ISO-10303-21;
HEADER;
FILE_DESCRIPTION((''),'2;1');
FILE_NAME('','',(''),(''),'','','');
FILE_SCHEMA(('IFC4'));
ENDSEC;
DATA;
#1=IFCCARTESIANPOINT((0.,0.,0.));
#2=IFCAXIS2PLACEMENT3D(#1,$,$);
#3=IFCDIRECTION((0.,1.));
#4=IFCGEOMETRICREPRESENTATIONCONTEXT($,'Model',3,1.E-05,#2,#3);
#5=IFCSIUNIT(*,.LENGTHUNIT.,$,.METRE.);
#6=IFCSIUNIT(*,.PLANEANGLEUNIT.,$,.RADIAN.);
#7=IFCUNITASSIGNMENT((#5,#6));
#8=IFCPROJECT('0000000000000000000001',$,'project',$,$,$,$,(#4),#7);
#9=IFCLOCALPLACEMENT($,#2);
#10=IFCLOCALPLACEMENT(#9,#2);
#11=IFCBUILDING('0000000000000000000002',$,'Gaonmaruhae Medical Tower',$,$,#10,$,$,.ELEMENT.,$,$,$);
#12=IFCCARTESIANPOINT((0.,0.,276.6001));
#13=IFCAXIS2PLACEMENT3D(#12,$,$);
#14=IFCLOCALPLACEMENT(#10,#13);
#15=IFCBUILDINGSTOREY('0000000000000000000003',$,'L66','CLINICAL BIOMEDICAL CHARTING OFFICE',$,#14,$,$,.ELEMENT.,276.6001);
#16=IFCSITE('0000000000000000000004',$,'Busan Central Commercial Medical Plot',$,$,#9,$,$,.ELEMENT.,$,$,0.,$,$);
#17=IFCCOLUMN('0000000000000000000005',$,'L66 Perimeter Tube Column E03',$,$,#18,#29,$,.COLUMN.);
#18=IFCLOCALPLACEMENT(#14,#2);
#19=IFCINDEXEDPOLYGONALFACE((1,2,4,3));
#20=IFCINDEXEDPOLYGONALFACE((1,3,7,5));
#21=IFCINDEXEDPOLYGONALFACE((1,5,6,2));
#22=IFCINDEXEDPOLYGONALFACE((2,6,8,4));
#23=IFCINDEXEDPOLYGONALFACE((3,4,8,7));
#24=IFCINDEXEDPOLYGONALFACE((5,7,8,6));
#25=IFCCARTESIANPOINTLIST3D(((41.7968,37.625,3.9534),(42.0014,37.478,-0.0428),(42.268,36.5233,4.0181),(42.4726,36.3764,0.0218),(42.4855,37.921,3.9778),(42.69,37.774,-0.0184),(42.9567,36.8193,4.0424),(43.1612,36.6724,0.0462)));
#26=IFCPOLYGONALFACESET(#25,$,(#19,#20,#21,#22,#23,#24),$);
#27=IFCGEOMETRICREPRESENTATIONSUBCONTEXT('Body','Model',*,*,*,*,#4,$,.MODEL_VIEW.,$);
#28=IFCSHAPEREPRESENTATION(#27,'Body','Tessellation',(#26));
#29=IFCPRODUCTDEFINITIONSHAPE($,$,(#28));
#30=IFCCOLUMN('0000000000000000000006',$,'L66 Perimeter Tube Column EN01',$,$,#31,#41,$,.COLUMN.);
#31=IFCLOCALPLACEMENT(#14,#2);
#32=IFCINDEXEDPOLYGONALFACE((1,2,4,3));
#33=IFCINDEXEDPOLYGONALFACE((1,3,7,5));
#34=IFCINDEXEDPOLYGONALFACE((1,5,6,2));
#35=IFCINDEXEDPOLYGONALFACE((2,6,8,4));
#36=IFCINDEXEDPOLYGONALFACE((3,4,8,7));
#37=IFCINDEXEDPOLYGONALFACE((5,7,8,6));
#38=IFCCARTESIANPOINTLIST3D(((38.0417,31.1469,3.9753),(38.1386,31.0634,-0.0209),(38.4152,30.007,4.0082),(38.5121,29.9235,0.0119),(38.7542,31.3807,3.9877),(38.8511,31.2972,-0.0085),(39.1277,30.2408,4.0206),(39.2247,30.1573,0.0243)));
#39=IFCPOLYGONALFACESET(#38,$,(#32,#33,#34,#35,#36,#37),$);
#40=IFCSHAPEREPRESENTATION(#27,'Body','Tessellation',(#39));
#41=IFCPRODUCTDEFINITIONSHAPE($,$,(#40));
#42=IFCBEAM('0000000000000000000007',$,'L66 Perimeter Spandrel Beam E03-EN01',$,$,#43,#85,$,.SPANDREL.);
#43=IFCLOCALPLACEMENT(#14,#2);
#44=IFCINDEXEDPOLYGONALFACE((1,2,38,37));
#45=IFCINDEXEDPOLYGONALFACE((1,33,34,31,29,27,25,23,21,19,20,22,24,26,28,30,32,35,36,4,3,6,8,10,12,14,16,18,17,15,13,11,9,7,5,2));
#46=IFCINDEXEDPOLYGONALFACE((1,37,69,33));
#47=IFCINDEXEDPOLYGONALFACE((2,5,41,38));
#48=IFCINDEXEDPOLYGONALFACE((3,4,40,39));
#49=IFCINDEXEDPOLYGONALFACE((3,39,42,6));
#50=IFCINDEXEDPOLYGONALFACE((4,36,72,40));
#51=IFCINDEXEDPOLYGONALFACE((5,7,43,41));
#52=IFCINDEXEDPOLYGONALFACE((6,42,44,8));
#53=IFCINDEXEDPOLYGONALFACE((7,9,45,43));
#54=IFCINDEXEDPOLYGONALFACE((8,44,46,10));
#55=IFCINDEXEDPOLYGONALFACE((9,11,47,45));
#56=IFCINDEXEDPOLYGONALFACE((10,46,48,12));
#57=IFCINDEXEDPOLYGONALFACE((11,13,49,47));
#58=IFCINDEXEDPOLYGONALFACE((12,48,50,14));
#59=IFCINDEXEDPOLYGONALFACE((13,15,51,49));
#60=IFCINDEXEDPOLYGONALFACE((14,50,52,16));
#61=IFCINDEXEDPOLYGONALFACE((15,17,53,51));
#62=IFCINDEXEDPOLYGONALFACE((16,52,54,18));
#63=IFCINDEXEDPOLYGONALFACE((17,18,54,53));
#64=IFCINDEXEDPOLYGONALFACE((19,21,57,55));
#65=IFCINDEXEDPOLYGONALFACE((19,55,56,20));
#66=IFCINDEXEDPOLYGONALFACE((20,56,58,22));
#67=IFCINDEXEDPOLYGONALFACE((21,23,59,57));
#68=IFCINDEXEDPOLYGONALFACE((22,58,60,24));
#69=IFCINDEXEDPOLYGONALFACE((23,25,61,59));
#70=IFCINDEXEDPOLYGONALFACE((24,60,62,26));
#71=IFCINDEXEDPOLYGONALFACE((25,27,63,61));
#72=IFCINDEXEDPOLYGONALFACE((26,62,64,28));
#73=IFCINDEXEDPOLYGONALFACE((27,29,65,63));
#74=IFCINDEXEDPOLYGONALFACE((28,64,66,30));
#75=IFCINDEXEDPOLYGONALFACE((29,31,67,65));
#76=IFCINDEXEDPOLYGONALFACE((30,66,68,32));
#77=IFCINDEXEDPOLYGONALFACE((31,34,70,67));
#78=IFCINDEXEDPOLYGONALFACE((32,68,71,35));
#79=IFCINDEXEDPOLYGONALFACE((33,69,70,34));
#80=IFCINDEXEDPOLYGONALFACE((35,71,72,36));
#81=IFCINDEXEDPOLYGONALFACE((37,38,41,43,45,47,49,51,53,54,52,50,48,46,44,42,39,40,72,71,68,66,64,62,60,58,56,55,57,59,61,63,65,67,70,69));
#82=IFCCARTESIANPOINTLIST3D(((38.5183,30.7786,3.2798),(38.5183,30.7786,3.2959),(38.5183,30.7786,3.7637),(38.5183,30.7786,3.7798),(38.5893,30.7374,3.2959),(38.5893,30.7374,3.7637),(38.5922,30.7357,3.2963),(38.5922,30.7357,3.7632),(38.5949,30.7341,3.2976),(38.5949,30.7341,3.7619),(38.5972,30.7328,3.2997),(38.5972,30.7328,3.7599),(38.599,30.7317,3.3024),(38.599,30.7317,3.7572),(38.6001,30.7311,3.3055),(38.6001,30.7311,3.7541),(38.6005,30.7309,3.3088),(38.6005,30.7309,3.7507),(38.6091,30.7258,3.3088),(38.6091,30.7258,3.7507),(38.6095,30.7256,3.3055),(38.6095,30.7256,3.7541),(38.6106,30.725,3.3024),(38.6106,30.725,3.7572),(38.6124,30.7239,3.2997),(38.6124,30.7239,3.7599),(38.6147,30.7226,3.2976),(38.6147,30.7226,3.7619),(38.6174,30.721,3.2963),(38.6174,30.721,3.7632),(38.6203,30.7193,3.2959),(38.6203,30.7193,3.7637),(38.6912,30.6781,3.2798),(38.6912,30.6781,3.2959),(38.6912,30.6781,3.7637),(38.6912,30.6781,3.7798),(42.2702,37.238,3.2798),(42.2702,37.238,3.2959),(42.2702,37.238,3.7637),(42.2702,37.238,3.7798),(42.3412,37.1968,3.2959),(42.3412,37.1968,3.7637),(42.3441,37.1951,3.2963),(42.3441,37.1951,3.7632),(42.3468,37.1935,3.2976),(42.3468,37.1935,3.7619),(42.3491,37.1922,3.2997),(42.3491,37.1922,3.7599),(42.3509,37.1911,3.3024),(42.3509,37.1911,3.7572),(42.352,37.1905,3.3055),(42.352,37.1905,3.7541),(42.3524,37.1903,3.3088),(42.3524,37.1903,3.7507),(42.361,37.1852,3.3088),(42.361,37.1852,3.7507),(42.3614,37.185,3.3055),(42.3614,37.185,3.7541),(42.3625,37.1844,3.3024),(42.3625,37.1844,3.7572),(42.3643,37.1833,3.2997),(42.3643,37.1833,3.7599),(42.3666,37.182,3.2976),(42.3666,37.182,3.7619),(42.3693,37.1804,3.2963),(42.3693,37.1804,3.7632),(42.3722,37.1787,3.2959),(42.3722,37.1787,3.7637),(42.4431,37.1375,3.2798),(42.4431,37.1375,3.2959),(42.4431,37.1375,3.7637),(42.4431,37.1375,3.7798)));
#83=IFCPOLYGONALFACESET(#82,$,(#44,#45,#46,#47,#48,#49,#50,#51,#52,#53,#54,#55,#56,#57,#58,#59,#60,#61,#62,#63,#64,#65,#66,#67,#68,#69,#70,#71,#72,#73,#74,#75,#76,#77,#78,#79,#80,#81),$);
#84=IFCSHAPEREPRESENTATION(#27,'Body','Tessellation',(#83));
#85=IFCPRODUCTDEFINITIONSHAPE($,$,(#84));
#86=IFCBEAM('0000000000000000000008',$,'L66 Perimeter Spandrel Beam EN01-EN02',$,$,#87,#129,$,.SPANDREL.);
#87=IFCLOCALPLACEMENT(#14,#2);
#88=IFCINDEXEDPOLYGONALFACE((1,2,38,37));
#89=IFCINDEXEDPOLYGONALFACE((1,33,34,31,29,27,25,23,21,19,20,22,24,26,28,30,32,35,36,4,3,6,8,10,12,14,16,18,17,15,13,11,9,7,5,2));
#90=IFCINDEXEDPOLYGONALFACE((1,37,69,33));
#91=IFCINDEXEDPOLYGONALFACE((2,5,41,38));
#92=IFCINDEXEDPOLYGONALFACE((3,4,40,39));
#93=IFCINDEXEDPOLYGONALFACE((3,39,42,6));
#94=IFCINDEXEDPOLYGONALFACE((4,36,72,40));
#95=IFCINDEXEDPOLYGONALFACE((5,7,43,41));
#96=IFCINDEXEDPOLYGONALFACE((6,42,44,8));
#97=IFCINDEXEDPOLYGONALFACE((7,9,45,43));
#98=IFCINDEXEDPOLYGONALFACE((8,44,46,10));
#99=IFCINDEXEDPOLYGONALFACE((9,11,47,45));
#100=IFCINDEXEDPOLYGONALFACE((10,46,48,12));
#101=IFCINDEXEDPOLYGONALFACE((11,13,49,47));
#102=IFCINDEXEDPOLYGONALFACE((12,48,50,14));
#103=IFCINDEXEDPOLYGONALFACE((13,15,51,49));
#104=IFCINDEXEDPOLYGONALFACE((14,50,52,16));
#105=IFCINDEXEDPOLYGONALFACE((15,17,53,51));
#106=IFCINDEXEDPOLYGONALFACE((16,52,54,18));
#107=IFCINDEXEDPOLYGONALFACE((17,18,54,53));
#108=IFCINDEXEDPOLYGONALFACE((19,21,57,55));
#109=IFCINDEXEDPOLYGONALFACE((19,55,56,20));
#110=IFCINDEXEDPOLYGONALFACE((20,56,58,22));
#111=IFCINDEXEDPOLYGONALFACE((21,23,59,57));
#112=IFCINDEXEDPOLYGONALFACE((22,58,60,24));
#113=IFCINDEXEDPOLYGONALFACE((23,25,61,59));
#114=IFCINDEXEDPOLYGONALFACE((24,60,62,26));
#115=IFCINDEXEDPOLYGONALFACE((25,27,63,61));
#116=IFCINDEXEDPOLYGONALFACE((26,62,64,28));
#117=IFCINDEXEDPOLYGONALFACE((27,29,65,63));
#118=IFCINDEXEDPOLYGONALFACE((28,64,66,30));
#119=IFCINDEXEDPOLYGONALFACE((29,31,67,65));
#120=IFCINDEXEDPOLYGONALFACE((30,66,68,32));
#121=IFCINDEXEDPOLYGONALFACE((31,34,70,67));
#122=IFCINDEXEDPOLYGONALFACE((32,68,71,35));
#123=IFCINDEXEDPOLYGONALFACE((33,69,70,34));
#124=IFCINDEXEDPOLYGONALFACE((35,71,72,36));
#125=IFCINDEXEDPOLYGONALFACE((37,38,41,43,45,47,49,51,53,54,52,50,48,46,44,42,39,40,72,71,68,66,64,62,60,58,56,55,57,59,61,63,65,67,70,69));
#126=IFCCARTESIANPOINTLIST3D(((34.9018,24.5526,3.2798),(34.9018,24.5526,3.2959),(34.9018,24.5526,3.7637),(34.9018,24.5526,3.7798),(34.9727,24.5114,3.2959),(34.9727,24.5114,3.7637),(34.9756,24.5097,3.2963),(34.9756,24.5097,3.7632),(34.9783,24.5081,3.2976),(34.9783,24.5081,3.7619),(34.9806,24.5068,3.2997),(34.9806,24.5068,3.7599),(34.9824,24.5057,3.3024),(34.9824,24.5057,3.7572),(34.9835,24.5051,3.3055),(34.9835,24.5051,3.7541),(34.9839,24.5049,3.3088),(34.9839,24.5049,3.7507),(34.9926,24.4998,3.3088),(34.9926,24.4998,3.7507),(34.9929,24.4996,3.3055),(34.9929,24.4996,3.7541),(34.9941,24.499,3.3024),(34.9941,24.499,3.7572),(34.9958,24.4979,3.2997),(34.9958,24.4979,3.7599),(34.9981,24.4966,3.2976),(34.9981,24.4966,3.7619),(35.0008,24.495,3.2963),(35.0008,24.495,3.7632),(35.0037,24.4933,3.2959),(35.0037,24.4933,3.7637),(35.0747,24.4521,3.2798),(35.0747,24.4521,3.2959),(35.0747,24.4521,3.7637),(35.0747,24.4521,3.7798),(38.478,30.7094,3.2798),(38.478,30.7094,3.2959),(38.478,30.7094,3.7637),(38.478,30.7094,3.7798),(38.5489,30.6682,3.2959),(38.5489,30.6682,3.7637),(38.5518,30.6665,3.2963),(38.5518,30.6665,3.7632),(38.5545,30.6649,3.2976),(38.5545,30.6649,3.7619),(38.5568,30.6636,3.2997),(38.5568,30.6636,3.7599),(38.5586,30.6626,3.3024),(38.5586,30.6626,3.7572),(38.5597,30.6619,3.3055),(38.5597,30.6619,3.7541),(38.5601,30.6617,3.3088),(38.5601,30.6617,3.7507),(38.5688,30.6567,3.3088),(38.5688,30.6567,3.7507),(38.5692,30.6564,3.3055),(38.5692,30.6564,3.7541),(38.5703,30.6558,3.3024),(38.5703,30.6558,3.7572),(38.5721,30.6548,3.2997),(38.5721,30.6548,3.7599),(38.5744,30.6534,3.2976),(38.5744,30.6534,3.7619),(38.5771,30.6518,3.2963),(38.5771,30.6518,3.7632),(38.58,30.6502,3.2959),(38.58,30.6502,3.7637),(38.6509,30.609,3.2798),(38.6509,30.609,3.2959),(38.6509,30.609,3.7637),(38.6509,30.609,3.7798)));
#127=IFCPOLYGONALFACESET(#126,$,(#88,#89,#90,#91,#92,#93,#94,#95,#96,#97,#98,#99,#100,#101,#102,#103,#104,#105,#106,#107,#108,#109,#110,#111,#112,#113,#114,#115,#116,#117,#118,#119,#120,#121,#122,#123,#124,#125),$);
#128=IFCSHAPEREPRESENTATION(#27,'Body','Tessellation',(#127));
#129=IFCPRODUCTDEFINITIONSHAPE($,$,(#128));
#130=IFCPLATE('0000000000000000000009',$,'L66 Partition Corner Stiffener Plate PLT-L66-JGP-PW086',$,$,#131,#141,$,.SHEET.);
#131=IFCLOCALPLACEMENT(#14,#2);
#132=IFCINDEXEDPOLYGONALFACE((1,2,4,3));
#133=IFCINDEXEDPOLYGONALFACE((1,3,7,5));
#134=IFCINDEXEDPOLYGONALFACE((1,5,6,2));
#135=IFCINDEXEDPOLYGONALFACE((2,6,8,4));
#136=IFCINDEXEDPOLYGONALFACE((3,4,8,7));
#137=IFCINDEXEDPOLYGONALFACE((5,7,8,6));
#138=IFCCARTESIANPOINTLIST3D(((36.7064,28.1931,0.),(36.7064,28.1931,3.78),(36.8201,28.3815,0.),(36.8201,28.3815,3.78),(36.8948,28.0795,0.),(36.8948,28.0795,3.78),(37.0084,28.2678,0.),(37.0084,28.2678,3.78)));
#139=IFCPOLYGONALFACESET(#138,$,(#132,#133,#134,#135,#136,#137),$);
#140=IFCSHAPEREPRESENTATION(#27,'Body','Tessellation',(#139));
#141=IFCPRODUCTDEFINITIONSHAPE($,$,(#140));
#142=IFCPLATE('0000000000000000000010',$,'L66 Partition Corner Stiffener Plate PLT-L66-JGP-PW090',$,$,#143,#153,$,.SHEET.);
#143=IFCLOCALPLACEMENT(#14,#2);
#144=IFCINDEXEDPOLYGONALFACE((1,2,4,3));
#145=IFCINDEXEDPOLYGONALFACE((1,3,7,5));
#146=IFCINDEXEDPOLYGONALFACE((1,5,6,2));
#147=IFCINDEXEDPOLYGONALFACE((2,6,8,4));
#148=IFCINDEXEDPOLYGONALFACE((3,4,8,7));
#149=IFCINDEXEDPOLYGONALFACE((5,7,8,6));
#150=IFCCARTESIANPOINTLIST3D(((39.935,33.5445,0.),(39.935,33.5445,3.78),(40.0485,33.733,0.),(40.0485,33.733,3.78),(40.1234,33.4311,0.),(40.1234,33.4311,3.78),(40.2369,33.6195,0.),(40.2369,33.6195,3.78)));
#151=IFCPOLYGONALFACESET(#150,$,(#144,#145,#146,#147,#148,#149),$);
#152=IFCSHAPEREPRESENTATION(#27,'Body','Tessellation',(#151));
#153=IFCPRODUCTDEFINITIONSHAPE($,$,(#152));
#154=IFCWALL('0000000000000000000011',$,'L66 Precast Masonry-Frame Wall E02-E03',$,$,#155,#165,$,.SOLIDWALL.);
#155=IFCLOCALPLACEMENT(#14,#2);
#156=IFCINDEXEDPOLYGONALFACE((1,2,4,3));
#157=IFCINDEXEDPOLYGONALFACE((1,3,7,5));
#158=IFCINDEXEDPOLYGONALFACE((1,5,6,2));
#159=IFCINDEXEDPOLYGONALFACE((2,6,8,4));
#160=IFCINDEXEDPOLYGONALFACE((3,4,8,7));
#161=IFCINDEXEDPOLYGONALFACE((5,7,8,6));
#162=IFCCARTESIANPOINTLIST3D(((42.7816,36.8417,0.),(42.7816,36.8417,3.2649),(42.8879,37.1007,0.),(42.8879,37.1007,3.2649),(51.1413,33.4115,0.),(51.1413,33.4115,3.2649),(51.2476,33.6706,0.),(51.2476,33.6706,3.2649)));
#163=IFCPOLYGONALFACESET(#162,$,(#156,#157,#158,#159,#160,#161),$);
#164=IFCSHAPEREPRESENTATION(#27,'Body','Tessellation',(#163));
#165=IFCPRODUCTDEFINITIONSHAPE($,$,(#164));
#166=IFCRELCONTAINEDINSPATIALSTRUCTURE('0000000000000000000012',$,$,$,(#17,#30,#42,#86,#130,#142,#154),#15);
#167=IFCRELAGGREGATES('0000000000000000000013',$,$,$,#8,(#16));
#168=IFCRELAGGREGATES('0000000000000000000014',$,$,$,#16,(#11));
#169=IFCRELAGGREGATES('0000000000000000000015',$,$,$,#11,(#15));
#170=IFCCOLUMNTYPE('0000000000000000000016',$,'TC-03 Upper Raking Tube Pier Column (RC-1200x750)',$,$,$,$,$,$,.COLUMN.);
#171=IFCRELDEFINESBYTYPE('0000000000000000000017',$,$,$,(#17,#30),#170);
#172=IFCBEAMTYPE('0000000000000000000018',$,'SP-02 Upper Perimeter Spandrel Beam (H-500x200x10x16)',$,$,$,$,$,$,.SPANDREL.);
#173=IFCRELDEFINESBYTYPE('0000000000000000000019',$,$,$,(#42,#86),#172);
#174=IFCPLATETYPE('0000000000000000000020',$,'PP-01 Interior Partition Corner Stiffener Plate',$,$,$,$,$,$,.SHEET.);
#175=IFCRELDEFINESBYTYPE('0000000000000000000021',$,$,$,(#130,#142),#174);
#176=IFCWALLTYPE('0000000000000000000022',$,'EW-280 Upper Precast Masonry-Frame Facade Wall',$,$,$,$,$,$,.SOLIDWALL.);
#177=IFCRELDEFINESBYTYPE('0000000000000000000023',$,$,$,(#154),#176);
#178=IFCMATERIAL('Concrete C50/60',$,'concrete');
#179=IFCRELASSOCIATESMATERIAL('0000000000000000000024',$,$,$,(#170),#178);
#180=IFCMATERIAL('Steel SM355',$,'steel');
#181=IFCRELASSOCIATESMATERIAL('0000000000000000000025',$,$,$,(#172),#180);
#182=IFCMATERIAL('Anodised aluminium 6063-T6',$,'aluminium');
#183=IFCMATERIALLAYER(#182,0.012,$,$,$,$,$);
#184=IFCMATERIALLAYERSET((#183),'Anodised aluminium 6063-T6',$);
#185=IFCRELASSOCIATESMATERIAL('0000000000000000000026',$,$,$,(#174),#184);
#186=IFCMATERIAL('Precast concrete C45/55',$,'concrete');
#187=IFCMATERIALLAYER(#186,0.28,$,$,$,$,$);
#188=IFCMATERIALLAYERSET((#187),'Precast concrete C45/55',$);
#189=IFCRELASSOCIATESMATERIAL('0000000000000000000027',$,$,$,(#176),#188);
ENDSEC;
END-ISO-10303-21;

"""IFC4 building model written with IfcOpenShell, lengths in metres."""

from ifc_helpers import new_model, si_unit, direction, frame, frame_2d, origin, origin_2d, place, context, subcontext, project, spatial, rectangle, i_section, extrude, material, layer, layer_set, material_profile, profile_set, type_object, element, save


model = new_model("IFC4")

# Units and contexts
model_context = context("Model", 3, precision=1e-05, world=origin(), true_north=direction((0.0, 1.0)))
body_context = subcontext(model_context, "Body", "Model", "MODEL_VIEW")
ifc_project = project(units=[si_unit("LENGTHUNIT", "METRE"), si_unit("PLANEANGLEUNIT", "RADIAN")], contexts=[model_context])

# Site, building, storey
site_placement = place(None, origin())
site = spatial("IfcSite", under=ifc_project, at=site_placement, Name="Busan Central Commercial Medical Plot", CompositionType="ELEMENT", RefElevation=0.0)
building_placement = place(site_placement, origin())
building = spatial("IfcBuilding", under=site, at=building_placement, Name="Gaonmaruhae Medical Tower", CompositionType="ELEMENT")
storey_placement = place(building_placement, frame((0.0, 0.0, 276.6001)))
storey = spatial("IfcBuildingStorey", under=building, at=storey_placement, Name="L66", Description="CLINICAL BIOMEDICAL CHARTING OFFICE", CompositionType="ELEMENT", Elevation=276.6001)

# Columns
ifc_material_1 = material(Name="Concrete C50/60", Category="concrete")
ifc_material_profile_1 = material_profile(ifc_material_1, rectangle(XDim=1.2, YDim=0.75, at=origin_2d()), Name="RC-1200x750")
ifc_profile_set_1 = profile_set([ifc_material_profile_1], Name="Concrete C50/60")
column_type = type_object("IfcColumnType", Name="TC-03 Upper Raking Tube Pier Column (RC-1200x750)", PredefinedType="COLUMN", material=ifc_profile_set_1)
column_1_placement = place(storey_placement, frame((42.5813, 37.0752, 0.0017), z_axis=(-0.051093, 0.036704, 0.998019), x_axis=(0.392683, -0.918095, 0.053868)))
element("IfcColumn", 1, at=column_1_placement, inside=storey, type_object=column_type, Name="L66 Perimeter Tube Column E03", PredefinedType="COLUMN", context=body_context, shape_type="SweptSolid", body=[
    extrude(rectangle(XDim=1.2, YDim=0.75, at=origin_2d()), origin(), (0.0, 0.0, 1.0), 4.0042),
])
column_2_placement = place(storey_placement, frame((38.6816, 30.6104, 0.0017), z_axis=(-0.024241, 0.020882, 0.999488), x_axis=(0.31128, -0.949923, 0.027396)))
element("IfcColumn", 2, at=column_2_placement, inside=storey, type_object=column_type, Name="L66 Perimeter Tube Column EN01", PredefinedType="COLUMN", context=body_context, shape_type="SweptSolid", body=[
    extrude(rectangle(XDim=1.2, YDim=0.75, at=origin_2d()), origin(), (0.0, 0.0, 1.0), 3.9983),
])

# Beams
ifc_material_2 = material(Name="Steel SM355", Category="steel")
ifc_material_profile_2 = material_profile(ifc_material_2, i_section(OverallWidth=0.2, OverallDepth=0.5, WebThickness=0.01, FlangeThickness=0.0161, FilletRadius=0.0129, at=origin_2d()), Name="H-500x200x10x16")
ifc_profile_set_2 = profile_set([ifc_material_profile_2], Name="Steel SM355")
beam_type = type_object("IfcBeamType", Name="SP-02 Upper Perimeter Spandrel Beam (H-500x200x10x16)", PredefinedType="SPANDREL", material=ifc_profile_set_2)
beam_1_placement = place(storey_placement, frame((42.3567, 37.1877, 3.5298), z_axis=(-0.502265, -0.864714, 0.0), x_axis=(0.864714, -0.502265, 0.0)))
element("IfcBeam", 3, at=beam_1_placement, inside=storey, type_object=beam_type, Name="L66 Perimeter Spandrel Beam E03-EN01", PredefinedType="SPANDREL", context=body_context, shape_type="SweptSolid", body=[
    extrude(i_section(OverallWidth=0.2, OverallDepth=0.5, WebThickness=0.01, FlangeThickness=0.0161, FilletRadius=0.0129, at=origin_2d()), origin(), (0.0, 0.0, 1.0), 7.47),
])
beam_2_placement = place(storey_placement, frame((38.5645, 30.6592, 3.5298), z_axis=(-0.502271, -0.86471, 0.0), x_axis=(0.86471, -0.502271, 0.0)))
element("IfcBeam", 4, at=beam_2_placement, inside=storey, type_object=beam_type, Name="L66 Perimeter Spandrel Beam EN01-EN02", PredefinedType="SPANDREL", context=body_context, shape_type="SweptSolid", body=[
    extrude(i_section(OverallWidth=0.2, OverallDepth=0.5, WebThickness=0.01, FlangeThickness=0.0161, FilletRadius=0.0129, at=origin_2d()), origin(), (0.0, 0.0, 1.0), 7.1201),
])

# Plates
ifc_material_3 = material(Name="Anodised aluminium 6063-T6", Category="aluminium")
ifc_layer_1 = layer(ifc_material_3, 0.012)
ifc_layer_set_1 = layer_set([ifc_layer_1], Name="Anodised aluminium 6063-T6")
plate_type = type_object("IfcPlateType", Name="PP-01 Interior Partition Corner Stiffener Plate", PredefinedType="SHEET", material=ifc_layer_set_1)
for number, where, z_axis, x_axis, name in (
    (5, (36.8574, 28.2305, 0.0), (0.0, 0.0, 1.0), (0.856276, -0.516518, 0.0), "L66 Partition Corner Stiffener Plate PLT-L66-JGP-PW086"),
    (6, (40.0859, 33.582, 0.0), (0.0, 0.0, 1.0), (0.856682, -0.515846, 0.0), "L66 Partition Corner Stiffener Plate PLT-L66-JGP-PW090"),
):
    element("IfcPlate", number, at=place(storey_placement, frame(where, z_axis=z_axis, x_axis=x_axis)), inside=storey, type_object=plate_type, Name=name, PredefinedType="SHEET", context=body_context, shape_type="SweptSolid", body=[
        extrude(rectangle(XDim=0.22, YDim=0.22, at=origin_2d()), origin(), (0.0, 0.0, 1.0), 3.78),
    ])

# Wall
ifc_material_4 = material(Name="Precast concrete C45/55", Category="concrete")
ifc_layer_2 = layer(ifc_material_4, 0.28)
ifc_layer_set_2 = layer_set([ifc_layer_2], Name="Precast concrete C45/55")
wall_type_1 = type_object("IfcWallType", Name="EW-280 Upper Precast Masonry-Frame Facade Wall", PredefinedType="SOLIDWALL", material=ifc_layer_set_2)
wall_1_placement = place(storey_placement, frame((42.8347, 36.9712, 0.0), z_axis=(0.0, 0.0, 1.0), x_axis=(0.92515, -0.379603, 0.0)))
element("IfcWall", 7, at=wall_1_placement, inside=storey, type_object=wall_type_1, Name="L66 Precast Masonry-Frame Wall E02-E03", PredefinedType="SOLIDWALL", context=body_context, shape_type="SweptSolid", body=[
    extrude(rectangle(XDim=9.0361, YDim=0.28, at=frame_2d((4.5181, 0.0))), origin(), (0.0, 0.0, 1.0), 3.2649),
])

save(model, "model.ifc")
